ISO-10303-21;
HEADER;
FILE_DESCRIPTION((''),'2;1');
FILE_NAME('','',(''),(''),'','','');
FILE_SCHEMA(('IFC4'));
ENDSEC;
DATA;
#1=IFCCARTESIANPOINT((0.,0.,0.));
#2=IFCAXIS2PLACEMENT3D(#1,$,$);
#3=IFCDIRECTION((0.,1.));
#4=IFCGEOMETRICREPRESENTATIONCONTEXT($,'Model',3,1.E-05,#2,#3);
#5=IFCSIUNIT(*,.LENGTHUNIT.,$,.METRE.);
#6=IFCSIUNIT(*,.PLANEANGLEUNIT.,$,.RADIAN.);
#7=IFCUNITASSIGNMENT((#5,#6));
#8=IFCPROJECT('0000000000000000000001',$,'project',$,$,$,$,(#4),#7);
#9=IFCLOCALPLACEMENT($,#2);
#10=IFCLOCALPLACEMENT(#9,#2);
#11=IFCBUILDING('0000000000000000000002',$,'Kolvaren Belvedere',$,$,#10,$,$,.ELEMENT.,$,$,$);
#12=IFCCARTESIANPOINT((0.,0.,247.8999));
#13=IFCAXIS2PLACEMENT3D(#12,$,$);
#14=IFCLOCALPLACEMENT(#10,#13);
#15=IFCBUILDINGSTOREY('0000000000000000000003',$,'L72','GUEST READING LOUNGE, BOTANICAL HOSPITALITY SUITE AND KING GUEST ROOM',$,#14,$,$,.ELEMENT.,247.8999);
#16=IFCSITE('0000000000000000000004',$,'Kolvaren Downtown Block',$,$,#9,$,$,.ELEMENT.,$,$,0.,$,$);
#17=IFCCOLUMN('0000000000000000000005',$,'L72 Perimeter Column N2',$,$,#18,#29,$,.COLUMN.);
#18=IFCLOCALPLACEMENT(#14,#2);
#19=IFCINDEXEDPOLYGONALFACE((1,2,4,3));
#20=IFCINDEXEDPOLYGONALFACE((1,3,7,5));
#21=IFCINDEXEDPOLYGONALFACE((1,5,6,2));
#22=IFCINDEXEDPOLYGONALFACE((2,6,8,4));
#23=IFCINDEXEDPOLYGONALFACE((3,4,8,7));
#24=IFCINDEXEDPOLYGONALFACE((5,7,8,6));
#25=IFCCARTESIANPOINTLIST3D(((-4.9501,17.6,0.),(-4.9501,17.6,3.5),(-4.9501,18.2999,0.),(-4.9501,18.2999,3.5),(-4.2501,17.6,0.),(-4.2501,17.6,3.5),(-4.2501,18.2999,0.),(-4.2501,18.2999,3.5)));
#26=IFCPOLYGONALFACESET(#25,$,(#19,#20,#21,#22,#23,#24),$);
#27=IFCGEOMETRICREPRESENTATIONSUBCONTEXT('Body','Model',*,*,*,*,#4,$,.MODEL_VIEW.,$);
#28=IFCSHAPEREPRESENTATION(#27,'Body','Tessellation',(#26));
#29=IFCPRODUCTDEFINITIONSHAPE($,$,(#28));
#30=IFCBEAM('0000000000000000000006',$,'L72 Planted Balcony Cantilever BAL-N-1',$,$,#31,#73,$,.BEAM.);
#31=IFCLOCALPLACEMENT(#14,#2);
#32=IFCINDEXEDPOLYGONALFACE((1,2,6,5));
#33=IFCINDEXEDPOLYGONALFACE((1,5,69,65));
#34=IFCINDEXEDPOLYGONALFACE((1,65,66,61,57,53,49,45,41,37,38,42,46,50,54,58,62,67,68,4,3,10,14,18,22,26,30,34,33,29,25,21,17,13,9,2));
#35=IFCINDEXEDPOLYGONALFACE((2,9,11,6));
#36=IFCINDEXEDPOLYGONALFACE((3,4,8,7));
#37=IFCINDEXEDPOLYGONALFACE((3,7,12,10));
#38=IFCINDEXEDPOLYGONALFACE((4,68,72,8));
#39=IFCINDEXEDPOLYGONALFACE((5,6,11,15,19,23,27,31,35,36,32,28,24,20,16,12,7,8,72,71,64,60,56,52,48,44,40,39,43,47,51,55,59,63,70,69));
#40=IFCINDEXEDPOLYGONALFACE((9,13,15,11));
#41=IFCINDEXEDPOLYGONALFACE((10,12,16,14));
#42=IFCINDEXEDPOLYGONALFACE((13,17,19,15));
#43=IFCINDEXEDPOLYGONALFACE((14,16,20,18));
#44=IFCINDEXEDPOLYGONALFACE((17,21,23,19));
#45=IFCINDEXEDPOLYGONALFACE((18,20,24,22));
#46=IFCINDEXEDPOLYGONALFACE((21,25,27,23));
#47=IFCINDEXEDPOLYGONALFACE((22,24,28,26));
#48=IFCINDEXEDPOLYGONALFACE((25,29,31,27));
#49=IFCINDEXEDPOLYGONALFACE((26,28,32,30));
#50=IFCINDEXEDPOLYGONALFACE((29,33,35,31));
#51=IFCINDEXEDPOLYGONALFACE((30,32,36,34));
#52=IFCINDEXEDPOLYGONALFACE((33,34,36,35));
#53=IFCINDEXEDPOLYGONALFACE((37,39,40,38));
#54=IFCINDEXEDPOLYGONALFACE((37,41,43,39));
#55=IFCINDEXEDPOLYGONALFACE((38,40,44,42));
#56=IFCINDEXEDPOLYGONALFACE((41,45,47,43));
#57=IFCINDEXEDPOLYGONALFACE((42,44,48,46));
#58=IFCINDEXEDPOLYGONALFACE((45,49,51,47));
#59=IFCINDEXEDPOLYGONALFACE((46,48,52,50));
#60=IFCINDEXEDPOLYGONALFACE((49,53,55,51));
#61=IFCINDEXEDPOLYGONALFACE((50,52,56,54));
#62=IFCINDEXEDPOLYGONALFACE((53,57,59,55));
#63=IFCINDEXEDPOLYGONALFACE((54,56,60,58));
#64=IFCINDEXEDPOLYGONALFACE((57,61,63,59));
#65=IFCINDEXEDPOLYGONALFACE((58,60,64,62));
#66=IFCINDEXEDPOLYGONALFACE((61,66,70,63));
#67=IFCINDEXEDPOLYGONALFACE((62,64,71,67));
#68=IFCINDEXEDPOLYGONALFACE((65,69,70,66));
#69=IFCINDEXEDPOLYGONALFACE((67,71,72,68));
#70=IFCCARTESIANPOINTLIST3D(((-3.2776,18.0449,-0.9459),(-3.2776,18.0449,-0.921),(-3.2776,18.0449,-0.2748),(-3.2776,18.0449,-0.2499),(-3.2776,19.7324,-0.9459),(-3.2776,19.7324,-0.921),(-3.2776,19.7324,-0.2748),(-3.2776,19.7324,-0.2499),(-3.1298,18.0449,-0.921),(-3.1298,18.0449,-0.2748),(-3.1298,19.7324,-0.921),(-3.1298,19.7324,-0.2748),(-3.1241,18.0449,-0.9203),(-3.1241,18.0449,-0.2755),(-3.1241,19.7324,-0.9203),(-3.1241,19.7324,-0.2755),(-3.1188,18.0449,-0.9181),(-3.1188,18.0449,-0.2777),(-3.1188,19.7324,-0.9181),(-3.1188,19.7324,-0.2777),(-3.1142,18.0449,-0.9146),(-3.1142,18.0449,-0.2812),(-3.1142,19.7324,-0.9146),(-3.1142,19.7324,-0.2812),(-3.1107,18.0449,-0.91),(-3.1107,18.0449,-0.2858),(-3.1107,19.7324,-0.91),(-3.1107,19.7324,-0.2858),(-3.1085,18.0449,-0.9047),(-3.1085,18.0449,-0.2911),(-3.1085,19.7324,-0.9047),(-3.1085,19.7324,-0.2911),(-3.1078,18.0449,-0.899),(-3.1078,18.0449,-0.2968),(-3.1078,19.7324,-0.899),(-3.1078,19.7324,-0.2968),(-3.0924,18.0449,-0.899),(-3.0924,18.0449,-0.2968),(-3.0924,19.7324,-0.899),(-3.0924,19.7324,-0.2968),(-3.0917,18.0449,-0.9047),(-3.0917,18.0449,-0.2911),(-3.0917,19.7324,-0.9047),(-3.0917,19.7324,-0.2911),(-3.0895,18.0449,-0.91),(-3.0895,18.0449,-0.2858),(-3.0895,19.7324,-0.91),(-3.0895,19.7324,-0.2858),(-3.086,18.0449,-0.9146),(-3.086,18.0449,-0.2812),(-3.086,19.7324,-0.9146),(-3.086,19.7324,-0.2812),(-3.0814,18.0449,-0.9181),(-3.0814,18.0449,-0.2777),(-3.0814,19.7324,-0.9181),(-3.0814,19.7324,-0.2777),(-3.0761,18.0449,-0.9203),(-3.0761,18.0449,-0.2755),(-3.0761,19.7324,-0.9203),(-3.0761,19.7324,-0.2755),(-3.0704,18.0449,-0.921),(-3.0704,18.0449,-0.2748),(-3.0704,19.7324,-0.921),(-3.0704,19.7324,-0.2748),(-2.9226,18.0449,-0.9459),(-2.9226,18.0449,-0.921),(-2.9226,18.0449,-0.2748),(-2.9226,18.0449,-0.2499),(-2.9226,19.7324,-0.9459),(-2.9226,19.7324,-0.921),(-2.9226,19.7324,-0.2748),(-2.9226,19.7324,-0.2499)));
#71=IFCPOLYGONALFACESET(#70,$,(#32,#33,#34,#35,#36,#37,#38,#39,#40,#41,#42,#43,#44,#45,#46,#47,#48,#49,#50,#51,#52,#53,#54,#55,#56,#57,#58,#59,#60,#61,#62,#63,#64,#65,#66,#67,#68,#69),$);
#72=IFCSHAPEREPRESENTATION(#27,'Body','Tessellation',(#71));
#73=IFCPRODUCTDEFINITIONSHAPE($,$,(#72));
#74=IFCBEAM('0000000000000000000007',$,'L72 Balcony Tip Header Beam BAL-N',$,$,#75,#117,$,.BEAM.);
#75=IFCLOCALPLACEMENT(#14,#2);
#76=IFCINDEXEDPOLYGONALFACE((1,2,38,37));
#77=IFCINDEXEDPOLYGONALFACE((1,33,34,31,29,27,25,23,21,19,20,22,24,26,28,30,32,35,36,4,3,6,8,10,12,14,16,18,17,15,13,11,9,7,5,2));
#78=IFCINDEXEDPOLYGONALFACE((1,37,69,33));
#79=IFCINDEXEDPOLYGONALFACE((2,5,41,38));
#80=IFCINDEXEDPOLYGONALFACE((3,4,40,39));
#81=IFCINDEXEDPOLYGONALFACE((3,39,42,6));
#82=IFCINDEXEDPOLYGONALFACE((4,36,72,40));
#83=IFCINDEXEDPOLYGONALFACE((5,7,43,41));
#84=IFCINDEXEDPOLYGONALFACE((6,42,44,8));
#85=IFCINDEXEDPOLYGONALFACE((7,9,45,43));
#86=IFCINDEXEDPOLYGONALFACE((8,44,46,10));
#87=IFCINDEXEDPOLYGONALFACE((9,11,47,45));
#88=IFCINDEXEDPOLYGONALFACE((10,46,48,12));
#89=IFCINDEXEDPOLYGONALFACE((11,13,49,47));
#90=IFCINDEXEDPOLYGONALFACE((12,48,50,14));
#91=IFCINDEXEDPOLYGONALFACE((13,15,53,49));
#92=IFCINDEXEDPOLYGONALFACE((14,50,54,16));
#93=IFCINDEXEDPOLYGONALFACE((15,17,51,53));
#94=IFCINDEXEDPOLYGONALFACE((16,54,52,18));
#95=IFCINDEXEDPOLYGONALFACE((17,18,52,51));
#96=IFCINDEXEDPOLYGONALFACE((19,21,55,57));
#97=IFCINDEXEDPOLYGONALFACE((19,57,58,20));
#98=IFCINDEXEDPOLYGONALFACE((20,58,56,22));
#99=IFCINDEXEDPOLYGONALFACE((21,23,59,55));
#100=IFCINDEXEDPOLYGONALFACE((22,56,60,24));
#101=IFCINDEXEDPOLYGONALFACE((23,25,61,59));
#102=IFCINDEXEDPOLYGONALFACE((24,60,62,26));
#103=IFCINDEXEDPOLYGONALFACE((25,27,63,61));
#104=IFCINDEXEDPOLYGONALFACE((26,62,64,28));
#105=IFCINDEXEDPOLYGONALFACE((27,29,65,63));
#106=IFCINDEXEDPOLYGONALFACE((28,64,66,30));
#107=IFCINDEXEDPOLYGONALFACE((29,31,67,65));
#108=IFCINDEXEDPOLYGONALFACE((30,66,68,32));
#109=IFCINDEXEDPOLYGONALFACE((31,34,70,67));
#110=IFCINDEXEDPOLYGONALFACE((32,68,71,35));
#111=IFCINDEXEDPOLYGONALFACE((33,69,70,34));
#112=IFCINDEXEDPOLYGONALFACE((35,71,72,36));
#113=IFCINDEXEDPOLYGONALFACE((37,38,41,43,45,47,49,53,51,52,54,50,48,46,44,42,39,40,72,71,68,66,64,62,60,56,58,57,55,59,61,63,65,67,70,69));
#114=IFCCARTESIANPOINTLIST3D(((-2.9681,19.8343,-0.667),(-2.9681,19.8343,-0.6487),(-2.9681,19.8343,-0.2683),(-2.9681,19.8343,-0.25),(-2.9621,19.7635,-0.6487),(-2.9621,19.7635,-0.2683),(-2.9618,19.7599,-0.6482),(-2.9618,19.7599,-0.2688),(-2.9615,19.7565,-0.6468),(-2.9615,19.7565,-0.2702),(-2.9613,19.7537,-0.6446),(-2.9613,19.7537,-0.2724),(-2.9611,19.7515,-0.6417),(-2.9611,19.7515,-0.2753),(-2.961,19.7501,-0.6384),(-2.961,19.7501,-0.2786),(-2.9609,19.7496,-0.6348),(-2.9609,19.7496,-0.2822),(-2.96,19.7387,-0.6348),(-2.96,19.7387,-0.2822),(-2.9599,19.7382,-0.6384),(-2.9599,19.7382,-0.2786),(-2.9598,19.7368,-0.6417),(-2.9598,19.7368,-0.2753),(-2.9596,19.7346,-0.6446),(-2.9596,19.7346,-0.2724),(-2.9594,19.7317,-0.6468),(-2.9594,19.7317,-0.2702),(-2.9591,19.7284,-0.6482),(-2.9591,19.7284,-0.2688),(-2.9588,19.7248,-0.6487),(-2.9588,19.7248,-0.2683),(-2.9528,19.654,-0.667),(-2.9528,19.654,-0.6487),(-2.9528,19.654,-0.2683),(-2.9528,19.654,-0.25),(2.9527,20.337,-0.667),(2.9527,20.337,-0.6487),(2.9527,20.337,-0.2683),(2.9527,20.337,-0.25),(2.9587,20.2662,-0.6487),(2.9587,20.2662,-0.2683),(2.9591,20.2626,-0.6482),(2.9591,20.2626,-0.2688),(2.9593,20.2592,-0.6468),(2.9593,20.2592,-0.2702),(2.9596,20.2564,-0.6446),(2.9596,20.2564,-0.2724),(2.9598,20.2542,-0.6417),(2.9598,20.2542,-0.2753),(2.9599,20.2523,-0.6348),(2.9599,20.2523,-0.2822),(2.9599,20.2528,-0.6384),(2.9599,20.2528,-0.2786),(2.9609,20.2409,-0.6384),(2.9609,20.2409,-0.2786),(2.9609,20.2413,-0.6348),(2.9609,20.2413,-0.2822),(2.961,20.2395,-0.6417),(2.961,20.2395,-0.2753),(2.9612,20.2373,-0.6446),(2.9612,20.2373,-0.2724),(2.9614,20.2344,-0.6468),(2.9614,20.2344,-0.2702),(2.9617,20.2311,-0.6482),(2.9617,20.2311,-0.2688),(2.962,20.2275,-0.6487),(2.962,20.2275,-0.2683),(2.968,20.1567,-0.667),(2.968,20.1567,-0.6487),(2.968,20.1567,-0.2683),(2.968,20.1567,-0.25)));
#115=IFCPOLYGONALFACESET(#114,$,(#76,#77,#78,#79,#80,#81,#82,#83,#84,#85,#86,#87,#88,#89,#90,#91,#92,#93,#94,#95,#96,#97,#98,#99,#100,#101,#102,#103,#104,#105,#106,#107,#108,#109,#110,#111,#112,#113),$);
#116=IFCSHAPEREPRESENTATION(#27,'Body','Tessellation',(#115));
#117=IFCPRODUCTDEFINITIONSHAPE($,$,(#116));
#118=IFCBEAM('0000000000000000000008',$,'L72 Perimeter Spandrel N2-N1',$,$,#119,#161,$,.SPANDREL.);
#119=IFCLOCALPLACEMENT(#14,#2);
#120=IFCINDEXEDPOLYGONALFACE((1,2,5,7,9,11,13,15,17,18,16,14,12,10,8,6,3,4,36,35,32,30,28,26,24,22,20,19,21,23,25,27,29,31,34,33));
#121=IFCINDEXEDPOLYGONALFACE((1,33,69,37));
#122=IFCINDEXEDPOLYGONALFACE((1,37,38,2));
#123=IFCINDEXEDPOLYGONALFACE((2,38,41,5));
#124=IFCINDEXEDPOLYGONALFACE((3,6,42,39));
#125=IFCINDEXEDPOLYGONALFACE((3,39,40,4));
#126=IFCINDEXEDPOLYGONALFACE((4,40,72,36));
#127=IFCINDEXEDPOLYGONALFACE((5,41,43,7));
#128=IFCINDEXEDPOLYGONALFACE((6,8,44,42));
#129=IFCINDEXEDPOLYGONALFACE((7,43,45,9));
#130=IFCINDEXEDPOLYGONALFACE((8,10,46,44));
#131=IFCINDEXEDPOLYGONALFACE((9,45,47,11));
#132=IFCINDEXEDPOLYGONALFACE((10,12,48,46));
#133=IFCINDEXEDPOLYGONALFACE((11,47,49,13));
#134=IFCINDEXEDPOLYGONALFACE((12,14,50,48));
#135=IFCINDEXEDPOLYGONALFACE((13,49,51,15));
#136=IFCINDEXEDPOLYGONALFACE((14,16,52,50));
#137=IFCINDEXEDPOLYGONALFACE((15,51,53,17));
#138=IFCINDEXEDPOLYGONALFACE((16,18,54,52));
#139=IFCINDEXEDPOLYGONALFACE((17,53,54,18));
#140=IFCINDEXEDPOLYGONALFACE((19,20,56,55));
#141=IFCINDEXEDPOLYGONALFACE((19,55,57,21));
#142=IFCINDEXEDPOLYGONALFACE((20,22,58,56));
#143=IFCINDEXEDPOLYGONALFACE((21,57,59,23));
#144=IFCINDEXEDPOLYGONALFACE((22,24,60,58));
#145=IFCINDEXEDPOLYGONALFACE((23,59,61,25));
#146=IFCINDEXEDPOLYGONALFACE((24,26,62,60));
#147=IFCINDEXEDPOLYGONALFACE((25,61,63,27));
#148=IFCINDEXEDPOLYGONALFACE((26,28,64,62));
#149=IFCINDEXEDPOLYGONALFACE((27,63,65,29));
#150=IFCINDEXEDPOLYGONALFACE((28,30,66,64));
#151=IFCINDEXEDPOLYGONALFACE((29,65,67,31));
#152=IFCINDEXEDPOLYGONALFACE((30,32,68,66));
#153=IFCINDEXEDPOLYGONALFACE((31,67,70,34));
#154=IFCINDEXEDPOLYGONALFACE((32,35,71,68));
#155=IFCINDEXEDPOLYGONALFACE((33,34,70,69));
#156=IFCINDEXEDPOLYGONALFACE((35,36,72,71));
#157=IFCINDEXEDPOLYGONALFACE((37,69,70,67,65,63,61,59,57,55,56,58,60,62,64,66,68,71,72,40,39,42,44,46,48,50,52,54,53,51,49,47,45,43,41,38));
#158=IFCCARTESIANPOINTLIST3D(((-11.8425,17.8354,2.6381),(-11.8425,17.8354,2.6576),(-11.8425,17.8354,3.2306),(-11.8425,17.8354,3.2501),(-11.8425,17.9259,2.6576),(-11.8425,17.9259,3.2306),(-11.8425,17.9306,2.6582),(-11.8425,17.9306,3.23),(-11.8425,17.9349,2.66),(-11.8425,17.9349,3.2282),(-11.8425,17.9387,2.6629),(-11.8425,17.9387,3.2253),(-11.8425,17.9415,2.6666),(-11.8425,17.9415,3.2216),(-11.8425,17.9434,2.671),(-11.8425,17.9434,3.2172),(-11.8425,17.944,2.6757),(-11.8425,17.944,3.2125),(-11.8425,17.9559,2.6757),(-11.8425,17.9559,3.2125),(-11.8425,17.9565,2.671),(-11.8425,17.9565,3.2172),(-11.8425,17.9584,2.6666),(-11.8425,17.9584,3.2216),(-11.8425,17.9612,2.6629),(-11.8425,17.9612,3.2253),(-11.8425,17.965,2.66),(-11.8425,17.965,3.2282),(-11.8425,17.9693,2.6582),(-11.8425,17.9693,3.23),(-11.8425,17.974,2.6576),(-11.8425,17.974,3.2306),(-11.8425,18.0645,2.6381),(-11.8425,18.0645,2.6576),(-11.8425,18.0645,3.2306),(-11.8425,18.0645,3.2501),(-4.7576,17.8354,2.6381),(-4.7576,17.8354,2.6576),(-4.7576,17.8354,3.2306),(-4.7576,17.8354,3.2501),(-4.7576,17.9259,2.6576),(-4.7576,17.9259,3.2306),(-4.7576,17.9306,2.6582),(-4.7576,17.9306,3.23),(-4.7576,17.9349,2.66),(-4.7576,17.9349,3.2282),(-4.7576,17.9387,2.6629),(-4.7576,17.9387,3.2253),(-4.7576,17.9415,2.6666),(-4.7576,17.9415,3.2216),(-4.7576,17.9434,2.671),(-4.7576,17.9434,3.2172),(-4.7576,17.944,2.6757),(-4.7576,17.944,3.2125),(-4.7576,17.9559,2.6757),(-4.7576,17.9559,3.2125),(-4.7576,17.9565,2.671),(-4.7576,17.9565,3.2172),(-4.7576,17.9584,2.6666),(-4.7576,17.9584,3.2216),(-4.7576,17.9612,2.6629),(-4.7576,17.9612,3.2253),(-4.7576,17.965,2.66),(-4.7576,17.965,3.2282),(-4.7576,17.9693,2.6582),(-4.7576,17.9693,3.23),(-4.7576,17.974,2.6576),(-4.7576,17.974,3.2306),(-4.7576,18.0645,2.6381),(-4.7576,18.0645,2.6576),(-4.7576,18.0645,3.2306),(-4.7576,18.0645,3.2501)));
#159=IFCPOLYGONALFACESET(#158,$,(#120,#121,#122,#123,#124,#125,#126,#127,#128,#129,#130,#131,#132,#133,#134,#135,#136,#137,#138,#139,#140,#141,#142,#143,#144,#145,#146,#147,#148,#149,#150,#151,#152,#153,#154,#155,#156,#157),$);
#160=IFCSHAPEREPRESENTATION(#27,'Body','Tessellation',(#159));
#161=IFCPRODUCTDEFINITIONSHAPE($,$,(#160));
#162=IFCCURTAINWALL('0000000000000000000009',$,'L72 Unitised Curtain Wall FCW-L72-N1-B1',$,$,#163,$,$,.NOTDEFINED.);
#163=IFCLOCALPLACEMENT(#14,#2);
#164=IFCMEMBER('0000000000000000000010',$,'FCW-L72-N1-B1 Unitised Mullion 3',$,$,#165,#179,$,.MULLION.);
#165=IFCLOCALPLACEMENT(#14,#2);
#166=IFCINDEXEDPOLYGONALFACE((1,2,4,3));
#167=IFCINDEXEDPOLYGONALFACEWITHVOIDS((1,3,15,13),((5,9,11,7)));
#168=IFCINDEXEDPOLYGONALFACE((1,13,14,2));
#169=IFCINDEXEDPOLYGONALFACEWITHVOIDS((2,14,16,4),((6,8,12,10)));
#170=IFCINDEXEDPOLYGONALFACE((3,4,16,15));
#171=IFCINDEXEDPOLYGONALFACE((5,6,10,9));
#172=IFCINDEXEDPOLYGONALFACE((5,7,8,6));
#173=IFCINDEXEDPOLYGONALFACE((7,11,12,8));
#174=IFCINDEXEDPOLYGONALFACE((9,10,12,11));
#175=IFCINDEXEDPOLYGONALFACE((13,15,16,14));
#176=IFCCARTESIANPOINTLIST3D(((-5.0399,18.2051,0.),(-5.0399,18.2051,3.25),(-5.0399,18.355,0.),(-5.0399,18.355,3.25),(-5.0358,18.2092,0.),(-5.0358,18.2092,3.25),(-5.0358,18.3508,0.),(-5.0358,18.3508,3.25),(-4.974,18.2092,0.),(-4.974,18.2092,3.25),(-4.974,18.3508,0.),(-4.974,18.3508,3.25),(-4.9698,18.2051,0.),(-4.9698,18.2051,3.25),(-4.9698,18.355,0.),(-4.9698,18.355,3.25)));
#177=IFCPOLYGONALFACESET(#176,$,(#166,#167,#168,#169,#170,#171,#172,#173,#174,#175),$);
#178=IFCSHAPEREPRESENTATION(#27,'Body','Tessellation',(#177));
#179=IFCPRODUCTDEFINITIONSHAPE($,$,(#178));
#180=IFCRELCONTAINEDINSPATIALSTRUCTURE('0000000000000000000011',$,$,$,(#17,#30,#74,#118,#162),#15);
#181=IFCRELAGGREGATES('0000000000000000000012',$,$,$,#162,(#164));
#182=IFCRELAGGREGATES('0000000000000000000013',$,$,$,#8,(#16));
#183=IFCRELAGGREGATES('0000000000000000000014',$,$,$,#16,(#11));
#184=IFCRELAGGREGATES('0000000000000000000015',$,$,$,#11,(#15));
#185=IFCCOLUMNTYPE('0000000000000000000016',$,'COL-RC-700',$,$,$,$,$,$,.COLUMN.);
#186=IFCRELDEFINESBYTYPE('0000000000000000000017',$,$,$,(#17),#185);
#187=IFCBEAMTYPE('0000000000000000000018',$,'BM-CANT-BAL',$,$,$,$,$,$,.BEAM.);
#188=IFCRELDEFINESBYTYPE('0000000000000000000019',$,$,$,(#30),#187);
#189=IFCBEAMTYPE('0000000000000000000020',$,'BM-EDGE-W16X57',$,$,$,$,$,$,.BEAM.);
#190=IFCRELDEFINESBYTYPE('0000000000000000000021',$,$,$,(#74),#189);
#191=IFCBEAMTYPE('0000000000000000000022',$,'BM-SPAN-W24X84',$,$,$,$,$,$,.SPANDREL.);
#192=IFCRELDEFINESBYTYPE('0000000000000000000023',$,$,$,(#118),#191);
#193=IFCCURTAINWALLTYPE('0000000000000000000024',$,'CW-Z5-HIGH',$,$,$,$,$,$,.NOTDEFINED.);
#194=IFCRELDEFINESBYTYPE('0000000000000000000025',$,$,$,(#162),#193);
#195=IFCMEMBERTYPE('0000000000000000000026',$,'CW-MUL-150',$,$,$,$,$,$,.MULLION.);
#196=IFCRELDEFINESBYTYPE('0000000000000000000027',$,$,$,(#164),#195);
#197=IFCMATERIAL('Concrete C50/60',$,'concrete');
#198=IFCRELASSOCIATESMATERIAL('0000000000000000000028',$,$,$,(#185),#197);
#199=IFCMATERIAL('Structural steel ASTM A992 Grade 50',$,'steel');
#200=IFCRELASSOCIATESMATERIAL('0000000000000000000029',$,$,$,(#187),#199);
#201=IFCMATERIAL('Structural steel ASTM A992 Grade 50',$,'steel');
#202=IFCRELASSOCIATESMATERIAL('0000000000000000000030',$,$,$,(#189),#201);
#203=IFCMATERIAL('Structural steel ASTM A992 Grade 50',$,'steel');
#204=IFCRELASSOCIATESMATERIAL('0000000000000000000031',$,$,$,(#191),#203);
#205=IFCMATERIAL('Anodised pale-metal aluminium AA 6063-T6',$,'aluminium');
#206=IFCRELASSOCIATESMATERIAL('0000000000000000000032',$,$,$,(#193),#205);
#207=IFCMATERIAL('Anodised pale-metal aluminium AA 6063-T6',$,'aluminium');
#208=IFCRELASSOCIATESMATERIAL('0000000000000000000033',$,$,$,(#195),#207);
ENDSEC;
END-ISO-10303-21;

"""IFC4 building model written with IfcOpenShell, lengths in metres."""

from ifc_helpers import new_model, si_unit, direction, frame, origin, origin_2d, place, context, subcontext, project, spatial, rectangle, hollow_rectangle, i_section, extrude, material, material_profile, profile_set, type_object, element, aggregate, save


model = new_model("IFC4")

# Units and contexts
model_context = context("Model", 3, precision=1e-05, world=origin(), true_north=direction((0.0, 1.0)))
body_context = subcontext(model_context, "Body", "Model", "MODEL_VIEW")
ifc_project = project(units=[si_unit("LENGTHUNIT", "METRE"), si_unit("PLANEANGLEUNIT", "RADIAN")], contexts=[model_context])

# Site, building, storey
site_placement = place(None, origin())
site = spatial("IfcSite", under=ifc_project, at=site_placement, Name="Kolvaren Downtown Block", CompositionType="ELEMENT", RefElevation=0.0)
building_placement = place(site_placement, origin())
building = spatial("IfcBuilding", under=site, at=building_placement, Name="Kolvaren Belvedere", CompositionType="ELEMENT")
storey_placement = place(building_placement, frame((0.0, 0.0, 247.8999)))
storey = spatial("IfcBuildingStorey", under=building, at=storey_placement, Name="L72", Description="GUEST READING LOUNGE, BOTANICAL HOSPITALITY SUITE AND KING GUEST ROOM", CompositionType="ELEMENT", Elevation=247.8999)

# Column
ifc_material_1 = material(Name="Concrete C50/60", Category="concrete")
ifc_material_profile_1 = material_profile(ifc_material_1, rectangle(XDim=0.7, YDim=0.7, at=origin_2d()), Name="RC 700X700")
ifc_profile_set_1 = profile_set([ifc_material_profile_1], Name="Concrete C50/60")
column_type = type_object("IfcColumnType", Name="COL-RC-700", PredefinedType="COLUMN", material=ifc_profile_set_1)
column_placement = place(storey_placement, frame((-4.6001, 17.95, 0.0), z_axis=(0.0, 0.0, 1.0), x_axis=(1.0, 0.0, 0.0)))
element("IfcColumn", 1, at=column_placement, inside=storey, type_object=column_type, Name="L72 Perimeter Column N2", PredefinedType="COLUMN", context=body_context, shape_type="SweptSolid", body=[
    extrude(rectangle(XDim=0.7, YDim=0.7, at=origin_2d()), origin(), (0.0, 0.0, 1.0), 3.5),
])

# Beams
ifc_material_2 = material(Name="Structural steel ASTM A992 Grade 50", Category="steel")
ifc_material_profile_2 = material_profile(ifc_material_2, i_section(OverallWidth=0.355, OverallDepth=0.696, WebThickness=0.0154, FlangeThickness=0.0249, FilletRadius=0.022, at=origin_2d()), Name="W27X146")
ifc_profile_set_2 = profile_set([ifc_material_profile_2], Name="Structural steel ASTM A992 Grade 50")
beam_type_1 = type_object("IfcBeamType", Name="BM-CANT-BAL", PredefinedType="BEAM", material=ifc_profile_set_2)
beam_1_placement = place(storey_placement, frame((-3.1001, 18.0449, -0.5979), z_axis=(0.0, 1.0, 0.0), x_axis=(-1.0, 0.0, 0.0)))
element("IfcBeam", 2, at=beam_1_placement, inside=storey, type_object=beam_type_1, Name="L72 Planted Balcony Cantilever BAL-N-1", PredefinedType="BEAM", context=body_context, shape_type="SweptSolid", body=[
    extrude(i_section(OverallWidth=0.355, OverallDepth=0.696, WebThickness=0.0154, FlangeThickness=0.0249, FilletRadius=0.022, at=origin_2d()), origin(), (0.0, 0.0, 1.0), 1.6875),
])
ifc_material_3 = material(Name="Structural steel ASTM A992 Grade 50", Category="steel")
ifc_material_profile_3 = material_profile(ifc_material_3, i_section(OverallWidth=0.1809, OverallDepth=0.417, WebThickness=0.011, FlangeThickness=0.0183, FilletRadius=0.0139, at=origin_2d()), Name="W16X57")
ifc_profile_set_3 = profile_set([ifc_material_profile_3], Name="Structural steel ASTM A992 Grade 50")
beam_type_2 = type_object("IfcBeamType", Name="BM-EDGE-W16X57", PredefinedType="BEAM", material=ifc_profile_set_3)
beam_2_placement = place(storey_placement, frame((-2.9604, 19.7441, -0.4585), z_axis=(0.996415, 0.084596, 0.0), x_axis=(-0.084596, 0.996415, 0.0)))
element("IfcBeam", 3, at=beam_2_placement, inside=storey, type_object=beam_type_2, Name="L72 Balcony Tip Header Beam BAL-N", PredefinedType="BEAM", context=body_context, shape_type="SweptSolid", body=[
    extrude(i_section(OverallWidth=0.1809, OverallDepth=0.417, WebThickness=0.011, FlangeThickness=0.0183, FilletRadius=0.0139, at=origin_2d()), origin(), (0.0, 0.0, 1.0), 5.9421),
])
ifc_material_4 = material(Name="Structural steel ASTM A992 Grade 50", Category="steel")
ifc_material_profile_4 = material_profile(ifc_material_4, i_section(OverallWidth=0.229, OverallDepth=0.6121, WebThickness=0.012, FlangeThickness=0.0195, FilletRadius=0.0181, at=origin_2d()), Name="W24X84")
ifc_profile_set_4 = profile_set([ifc_material_profile_4], Name="Structural steel ASTM A992 Grade 50")
beam_type_3 = type_object("IfcBeamType", Name="BM-SPAN-W24X84", PredefinedType="SPANDREL", material=ifc_profile_set_4)
beam_3_placement = place(storey_placement, frame((-4.7576, 17.95, 2.9441), z_axis=(-1.0, 0.0, 0.0), x_axis=(0.0, -1.0, 0.0)))
element("IfcBeam", 4, at=beam_3_placement, inside=storey, type_object=beam_type_3, Name="L72 Perimeter Spandrel N2-N1", PredefinedType="SPANDREL", context=body_context, shape_type="SweptSolid", body=[
    extrude(i_section(OverallWidth=0.229, OverallDepth=0.6121, WebThickness=0.012, FlangeThickness=0.0195, FilletRadius=0.0181, at=origin_2d()), origin(), (0.0, 0.0, 1.0), 7.085),
])

# Curtain wall, member
ifc_material_5 = material(Name="Anodised pale-metal aluminium AA 6063-T6", Category="aluminium")
curtain_wall_type = type_object("IfcCurtainWallType", Name="CW-Z5-HIGH", PredefinedType="NOTDEFINED", material=ifc_material_5)
curtain_wall_1_placement = place(storey_placement, origin())
curtain_wall_1 = element("IfcCurtainWall", 5, at=curtain_wall_1_placement, inside=storey, type_object=curtain_wall_type, Name="L72 Unitised Curtain Wall FCW-L72-N1-B1", PredefinedType="NOTDEFINED")
ifc_material_6 = material(Name="Anodised pale-metal aluminium AA 6063-T6", Category="aluminium")
ifc_material_profile_5 = material_profile(ifc_material_6, hollow_rectangle(XDim=0.0701, YDim=0.1499, WallThickness=0.0042, at=origin_2d()), Name="ALU-MUL-150X70")
ifc_profile_set_5 = profile_set([ifc_material_profile_5], Name="Anodised pale-metal aluminium AA 6063-T6")
member_type_1 = type_object("IfcMemberType", Name="CW-MUL-150", PredefinedType="MULLION", material=ifc_profile_set_5)
member_1_placement = place(storey_placement, frame((-5.0049, 18.28, 0.0), z_axis=(0.0, 0.0, 1.0), x_axis=(1.0, 0.0, 0.0)))
member_1 = element("IfcMember", 6, at=member_1_placement, type_object=member_type_1, Name="FCW-L72-N1-B1 Unitised Mullion 3", PredefinedType="MULLION", context=body_context, shape_type="SweptSolid", body=[
    extrude(hollow_rectangle(XDim=0.0701, YDim=0.1499, WallThickness=0.0042, at=origin_2d()), origin(), (0.0, 0.0, 1.0), 3.25),
])
aggregate(curtain_wall_1, [member_1])

save(model, "model.ifc")
